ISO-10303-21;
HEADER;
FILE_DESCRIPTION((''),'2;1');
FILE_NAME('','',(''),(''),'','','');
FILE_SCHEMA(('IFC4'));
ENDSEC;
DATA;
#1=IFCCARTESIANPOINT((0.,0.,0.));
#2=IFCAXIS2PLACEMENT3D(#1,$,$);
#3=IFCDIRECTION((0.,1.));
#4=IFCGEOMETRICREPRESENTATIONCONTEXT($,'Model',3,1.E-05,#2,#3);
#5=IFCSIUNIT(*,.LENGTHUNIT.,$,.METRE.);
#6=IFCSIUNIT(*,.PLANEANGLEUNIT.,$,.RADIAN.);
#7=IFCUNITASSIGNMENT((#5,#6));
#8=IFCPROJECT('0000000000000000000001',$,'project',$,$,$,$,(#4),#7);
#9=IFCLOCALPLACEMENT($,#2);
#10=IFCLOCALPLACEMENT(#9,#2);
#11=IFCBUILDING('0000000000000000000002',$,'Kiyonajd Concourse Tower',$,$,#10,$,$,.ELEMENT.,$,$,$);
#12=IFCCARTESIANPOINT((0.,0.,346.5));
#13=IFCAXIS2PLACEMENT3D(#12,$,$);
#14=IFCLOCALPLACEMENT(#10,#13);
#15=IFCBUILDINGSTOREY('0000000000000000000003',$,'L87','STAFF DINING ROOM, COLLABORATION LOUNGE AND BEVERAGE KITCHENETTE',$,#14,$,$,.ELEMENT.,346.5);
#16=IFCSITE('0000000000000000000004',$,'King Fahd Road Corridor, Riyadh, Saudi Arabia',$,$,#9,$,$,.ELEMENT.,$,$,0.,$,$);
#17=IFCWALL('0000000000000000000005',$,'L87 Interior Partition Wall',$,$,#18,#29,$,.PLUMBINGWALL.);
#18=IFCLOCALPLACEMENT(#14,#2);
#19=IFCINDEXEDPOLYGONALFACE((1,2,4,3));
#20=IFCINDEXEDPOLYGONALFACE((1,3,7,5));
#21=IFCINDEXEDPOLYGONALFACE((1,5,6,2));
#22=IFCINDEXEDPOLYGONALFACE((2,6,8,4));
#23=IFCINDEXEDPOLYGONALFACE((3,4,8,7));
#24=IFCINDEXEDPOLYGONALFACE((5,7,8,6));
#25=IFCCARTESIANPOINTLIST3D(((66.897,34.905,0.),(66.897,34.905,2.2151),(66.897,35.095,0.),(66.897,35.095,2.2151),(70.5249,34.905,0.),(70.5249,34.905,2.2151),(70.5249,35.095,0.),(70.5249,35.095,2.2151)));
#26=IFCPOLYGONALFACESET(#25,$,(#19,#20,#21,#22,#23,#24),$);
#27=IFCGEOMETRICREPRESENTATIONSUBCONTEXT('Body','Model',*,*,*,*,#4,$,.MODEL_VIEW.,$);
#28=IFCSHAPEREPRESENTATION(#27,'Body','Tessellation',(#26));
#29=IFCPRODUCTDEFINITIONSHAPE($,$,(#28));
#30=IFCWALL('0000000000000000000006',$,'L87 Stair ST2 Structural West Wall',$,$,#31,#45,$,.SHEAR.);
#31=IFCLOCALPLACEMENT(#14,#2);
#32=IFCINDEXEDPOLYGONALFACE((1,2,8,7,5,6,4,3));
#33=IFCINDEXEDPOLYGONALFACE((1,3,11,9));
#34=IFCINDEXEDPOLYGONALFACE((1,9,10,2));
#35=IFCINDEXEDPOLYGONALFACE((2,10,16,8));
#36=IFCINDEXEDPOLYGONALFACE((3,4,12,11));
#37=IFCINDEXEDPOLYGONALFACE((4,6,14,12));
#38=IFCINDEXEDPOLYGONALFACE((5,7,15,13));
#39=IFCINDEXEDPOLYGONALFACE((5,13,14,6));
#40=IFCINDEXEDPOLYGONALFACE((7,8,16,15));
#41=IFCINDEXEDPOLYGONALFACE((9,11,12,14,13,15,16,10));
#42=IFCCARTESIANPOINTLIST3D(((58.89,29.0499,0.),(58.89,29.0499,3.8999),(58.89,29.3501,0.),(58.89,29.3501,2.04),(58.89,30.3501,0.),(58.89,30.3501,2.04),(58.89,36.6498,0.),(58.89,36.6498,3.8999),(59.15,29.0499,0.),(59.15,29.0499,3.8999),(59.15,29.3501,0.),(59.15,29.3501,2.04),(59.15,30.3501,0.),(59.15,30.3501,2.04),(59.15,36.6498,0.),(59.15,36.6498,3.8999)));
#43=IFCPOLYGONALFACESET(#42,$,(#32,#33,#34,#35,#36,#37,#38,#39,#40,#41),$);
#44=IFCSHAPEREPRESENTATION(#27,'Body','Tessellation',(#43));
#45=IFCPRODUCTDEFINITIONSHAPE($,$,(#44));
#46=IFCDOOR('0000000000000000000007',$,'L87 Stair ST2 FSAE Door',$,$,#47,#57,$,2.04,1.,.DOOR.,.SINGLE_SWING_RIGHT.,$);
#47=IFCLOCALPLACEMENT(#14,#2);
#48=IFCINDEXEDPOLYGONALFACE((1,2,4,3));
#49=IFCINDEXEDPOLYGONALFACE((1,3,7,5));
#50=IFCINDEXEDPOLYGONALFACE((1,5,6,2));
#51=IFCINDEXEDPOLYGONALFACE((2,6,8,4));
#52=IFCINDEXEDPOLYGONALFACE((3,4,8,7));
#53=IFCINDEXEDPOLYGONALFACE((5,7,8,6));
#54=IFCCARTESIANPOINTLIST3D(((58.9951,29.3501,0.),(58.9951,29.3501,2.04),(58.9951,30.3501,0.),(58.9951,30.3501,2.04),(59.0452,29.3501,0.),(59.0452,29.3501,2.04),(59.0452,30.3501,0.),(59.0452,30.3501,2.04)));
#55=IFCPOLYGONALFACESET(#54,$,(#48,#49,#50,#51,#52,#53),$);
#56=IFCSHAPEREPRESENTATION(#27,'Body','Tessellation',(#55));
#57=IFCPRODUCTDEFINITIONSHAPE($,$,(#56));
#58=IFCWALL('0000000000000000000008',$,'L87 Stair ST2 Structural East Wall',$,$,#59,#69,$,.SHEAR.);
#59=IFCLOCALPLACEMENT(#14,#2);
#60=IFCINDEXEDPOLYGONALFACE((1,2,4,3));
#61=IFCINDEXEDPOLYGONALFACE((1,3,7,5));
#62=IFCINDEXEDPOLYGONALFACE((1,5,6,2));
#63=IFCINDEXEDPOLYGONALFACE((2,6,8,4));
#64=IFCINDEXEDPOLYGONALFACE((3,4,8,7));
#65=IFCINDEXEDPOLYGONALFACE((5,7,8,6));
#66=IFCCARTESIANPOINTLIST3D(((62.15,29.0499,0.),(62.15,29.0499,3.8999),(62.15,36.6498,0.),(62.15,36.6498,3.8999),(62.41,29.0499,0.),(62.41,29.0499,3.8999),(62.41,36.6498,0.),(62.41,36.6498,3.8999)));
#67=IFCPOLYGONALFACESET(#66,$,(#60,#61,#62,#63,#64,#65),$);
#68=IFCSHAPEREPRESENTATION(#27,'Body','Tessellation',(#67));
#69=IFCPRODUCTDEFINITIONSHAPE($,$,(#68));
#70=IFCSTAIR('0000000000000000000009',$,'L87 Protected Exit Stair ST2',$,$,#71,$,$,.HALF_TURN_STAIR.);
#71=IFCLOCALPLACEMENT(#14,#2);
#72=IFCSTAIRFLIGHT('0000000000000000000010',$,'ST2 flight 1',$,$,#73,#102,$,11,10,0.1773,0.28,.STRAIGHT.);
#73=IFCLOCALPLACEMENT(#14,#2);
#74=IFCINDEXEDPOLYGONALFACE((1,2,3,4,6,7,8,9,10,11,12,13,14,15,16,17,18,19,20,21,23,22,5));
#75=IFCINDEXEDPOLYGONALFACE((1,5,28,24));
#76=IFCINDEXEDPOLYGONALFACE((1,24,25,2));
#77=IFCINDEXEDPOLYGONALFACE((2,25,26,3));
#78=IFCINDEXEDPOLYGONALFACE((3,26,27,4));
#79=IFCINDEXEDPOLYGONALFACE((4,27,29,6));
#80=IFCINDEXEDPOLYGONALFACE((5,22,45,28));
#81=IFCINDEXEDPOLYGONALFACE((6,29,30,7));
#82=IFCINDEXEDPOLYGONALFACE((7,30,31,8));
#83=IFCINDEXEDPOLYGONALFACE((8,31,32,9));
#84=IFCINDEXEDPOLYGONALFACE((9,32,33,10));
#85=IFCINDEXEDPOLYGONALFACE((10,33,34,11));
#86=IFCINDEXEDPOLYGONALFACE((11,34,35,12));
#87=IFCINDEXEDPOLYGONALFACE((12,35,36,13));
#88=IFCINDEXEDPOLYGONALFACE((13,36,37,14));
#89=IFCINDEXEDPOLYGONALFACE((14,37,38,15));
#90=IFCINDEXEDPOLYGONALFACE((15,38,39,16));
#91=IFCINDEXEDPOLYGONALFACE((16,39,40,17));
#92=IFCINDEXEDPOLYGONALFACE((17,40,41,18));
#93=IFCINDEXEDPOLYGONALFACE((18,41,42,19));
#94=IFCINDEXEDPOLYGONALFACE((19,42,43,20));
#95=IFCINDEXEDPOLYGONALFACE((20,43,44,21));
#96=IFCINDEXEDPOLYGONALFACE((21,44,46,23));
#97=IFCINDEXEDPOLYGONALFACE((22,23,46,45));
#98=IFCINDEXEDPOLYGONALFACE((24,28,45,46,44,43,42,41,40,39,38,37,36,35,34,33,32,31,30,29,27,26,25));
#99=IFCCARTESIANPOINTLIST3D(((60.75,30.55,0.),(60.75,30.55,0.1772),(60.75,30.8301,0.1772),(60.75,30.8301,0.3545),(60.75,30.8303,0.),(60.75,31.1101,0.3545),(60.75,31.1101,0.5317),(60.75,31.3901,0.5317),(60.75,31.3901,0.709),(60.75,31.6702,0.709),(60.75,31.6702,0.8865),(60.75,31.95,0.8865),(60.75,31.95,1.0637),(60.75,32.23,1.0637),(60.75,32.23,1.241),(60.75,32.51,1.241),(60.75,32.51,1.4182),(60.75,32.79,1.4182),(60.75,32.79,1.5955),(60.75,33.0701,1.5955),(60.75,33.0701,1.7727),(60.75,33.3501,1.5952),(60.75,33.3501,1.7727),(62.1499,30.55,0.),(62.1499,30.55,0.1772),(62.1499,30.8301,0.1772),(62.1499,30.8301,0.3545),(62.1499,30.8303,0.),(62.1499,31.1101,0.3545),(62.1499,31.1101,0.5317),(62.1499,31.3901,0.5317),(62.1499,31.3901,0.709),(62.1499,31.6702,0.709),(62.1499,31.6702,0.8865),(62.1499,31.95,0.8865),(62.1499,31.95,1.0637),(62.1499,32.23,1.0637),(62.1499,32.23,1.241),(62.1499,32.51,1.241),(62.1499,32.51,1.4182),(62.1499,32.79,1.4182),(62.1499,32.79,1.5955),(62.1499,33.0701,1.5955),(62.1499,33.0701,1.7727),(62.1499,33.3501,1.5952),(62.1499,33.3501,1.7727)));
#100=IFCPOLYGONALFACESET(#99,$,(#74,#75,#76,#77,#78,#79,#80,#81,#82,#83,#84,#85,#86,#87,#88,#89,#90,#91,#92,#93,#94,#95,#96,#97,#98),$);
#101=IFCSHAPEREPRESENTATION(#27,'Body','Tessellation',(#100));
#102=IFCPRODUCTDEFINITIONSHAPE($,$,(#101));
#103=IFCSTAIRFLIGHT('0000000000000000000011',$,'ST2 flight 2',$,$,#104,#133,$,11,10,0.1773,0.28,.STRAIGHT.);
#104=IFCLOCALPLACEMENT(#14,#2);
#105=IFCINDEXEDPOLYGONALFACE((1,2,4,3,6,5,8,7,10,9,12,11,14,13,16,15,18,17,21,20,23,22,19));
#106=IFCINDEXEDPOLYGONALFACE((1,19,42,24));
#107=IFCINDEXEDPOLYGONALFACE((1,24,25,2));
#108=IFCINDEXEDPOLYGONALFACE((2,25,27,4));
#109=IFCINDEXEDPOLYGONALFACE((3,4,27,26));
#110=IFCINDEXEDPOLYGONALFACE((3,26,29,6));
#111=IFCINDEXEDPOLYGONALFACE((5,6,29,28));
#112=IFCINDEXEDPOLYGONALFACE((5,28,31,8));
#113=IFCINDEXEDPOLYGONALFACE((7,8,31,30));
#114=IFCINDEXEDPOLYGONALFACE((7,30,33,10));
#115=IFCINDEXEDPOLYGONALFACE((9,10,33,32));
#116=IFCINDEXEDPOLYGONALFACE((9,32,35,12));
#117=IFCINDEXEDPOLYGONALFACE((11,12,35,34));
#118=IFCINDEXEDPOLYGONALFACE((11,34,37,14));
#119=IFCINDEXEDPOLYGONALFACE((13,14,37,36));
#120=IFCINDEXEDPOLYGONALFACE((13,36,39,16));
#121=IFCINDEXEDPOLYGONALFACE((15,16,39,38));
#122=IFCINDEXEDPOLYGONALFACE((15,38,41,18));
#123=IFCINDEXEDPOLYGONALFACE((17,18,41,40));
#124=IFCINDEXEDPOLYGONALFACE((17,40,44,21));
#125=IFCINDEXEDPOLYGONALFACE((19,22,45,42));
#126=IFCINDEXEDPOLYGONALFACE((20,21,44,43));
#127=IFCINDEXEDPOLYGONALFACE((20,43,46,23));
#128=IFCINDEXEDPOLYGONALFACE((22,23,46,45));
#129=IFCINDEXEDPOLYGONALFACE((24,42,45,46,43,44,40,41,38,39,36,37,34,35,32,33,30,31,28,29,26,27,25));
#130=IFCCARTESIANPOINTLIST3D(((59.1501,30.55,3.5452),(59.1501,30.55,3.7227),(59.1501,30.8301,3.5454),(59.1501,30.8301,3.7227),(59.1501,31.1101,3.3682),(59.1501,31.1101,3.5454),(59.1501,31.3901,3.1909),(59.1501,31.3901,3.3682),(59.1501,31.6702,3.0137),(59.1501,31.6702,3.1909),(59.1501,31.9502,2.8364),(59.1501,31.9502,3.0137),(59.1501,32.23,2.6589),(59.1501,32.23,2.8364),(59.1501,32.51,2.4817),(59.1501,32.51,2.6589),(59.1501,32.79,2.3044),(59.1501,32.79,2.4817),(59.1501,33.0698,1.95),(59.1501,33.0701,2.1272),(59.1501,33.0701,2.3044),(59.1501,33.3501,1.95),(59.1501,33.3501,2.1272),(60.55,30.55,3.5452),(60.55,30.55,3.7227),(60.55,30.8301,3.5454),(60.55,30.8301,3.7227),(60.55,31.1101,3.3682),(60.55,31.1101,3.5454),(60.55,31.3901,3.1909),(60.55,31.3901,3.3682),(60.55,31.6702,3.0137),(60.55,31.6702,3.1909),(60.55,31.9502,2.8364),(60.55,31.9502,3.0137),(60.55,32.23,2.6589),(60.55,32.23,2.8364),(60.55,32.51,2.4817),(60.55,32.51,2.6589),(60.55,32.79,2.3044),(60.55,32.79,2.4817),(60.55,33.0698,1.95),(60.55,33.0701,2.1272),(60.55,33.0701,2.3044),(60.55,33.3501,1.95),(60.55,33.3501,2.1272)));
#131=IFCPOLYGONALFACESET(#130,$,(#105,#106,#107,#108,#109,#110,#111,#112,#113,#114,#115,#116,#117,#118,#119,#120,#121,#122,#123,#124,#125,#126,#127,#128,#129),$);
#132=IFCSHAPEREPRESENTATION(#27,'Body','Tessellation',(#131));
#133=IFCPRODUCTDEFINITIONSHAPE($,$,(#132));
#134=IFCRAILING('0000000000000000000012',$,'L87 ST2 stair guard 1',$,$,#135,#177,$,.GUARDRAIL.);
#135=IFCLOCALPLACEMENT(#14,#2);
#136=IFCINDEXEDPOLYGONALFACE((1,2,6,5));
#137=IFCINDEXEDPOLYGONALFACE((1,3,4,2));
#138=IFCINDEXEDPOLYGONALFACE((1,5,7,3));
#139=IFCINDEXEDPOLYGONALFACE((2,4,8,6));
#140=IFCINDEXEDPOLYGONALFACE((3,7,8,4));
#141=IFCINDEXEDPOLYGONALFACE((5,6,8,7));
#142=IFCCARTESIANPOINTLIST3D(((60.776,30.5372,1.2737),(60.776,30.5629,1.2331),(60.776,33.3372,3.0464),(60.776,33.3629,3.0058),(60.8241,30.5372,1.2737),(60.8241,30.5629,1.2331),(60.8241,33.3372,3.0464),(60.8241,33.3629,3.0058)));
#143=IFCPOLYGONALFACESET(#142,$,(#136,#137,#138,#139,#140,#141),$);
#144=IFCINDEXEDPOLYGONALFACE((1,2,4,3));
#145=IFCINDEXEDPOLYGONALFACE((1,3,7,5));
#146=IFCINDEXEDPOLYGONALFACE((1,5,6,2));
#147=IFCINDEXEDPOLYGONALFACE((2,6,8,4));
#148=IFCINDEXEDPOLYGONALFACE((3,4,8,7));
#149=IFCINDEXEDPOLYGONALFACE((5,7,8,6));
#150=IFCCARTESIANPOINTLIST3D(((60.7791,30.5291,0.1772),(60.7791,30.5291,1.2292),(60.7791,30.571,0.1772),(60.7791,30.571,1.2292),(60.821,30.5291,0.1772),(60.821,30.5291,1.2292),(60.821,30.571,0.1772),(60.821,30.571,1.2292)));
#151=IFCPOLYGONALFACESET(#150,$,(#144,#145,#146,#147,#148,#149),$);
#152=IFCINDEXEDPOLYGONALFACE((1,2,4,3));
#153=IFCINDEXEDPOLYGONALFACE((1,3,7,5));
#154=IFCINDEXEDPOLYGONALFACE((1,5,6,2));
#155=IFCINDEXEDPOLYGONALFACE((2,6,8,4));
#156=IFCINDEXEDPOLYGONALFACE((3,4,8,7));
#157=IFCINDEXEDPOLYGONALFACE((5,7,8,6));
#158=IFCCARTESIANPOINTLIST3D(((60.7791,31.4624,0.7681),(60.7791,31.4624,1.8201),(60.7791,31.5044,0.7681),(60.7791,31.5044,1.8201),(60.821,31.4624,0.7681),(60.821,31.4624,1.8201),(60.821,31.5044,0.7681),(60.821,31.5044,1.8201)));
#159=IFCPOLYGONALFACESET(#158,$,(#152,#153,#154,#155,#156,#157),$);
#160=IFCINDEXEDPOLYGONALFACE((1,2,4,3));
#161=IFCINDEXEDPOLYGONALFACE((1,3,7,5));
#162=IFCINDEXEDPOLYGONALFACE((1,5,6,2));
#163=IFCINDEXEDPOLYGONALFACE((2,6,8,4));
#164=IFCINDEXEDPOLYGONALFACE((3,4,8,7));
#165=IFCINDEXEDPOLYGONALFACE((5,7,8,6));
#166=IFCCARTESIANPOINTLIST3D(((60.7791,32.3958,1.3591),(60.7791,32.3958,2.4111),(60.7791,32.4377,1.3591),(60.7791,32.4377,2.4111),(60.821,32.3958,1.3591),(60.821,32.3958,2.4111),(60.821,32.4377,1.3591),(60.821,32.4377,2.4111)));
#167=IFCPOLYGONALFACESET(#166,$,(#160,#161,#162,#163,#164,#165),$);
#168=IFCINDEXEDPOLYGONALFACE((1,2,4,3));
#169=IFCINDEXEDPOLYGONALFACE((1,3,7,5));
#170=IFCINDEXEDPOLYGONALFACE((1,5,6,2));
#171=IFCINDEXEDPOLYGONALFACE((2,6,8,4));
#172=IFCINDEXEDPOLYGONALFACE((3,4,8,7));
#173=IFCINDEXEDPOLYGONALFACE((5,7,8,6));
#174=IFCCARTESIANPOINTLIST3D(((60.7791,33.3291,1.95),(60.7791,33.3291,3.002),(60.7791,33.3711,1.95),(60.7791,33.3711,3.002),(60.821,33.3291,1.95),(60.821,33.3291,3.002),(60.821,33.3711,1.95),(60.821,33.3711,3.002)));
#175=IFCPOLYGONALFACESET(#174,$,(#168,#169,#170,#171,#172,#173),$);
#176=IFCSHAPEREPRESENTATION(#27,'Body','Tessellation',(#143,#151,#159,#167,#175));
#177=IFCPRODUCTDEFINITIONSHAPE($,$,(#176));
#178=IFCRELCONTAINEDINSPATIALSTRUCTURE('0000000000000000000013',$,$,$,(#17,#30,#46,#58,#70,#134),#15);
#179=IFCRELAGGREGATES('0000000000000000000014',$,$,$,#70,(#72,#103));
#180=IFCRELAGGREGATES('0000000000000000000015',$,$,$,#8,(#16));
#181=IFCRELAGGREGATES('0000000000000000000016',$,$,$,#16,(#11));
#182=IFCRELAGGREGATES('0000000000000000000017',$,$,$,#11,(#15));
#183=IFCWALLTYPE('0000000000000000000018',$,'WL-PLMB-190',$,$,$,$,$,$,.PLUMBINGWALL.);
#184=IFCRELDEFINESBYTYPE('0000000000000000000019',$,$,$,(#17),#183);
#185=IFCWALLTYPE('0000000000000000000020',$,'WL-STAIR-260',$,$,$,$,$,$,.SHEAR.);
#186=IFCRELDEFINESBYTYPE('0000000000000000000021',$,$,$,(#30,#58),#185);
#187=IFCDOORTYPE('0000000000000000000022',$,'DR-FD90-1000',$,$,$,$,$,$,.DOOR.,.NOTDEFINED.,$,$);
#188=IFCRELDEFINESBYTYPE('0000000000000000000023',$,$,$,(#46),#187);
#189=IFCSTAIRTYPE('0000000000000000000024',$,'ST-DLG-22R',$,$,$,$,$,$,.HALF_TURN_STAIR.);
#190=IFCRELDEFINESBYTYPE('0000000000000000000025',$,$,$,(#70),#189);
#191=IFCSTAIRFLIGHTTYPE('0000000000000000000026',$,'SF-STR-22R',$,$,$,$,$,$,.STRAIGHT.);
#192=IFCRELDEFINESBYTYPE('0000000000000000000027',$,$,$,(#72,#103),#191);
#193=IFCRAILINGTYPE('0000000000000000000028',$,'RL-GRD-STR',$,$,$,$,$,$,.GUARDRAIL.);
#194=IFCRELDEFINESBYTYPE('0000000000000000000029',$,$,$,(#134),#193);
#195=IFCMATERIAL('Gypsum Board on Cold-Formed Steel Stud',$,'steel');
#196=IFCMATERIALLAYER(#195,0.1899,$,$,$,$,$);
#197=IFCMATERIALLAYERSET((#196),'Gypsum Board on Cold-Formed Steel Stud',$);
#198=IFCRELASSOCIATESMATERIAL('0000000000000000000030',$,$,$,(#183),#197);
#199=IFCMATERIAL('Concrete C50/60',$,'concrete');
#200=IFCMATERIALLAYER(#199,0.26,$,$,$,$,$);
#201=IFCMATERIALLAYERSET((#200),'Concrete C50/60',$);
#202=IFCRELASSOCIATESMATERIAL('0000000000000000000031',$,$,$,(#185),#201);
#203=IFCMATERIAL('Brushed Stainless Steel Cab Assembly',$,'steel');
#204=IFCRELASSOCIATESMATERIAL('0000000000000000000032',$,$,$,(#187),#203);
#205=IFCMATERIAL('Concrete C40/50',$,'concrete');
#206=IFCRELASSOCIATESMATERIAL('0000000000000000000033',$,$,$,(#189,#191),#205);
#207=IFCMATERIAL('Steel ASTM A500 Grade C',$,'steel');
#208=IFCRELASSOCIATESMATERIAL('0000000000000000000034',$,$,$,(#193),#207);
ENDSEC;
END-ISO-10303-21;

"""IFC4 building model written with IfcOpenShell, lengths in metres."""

from ifc_helpers import new_model, si_unit, direction, frame, frame_2d, origin, origin_2d, place, context, subcontext, project, spatial, polyline, rectangle, outline, extrude, material, layer, layer_set, type_object, element, fill, aggregate, save


model = new_model("IFC4")

# Units and contexts
model_context = context("Model", 3, precision=1e-05, world=origin(), true_north=direction((0.0, 1.0)))
body_context = subcontext(model_context, "Body", "Model", "MODEL_VIEW")
ifc_project = project(units=[si_unit("LENGTHUNIT", "METRE"), si_unit("PLANEANGLEUNIT", "RADIAN")], contexts=[model_context])

# Site, building, storey
site_placement = place(None, origin())
site = spatial("IfcSite", under=ifc_project, at=site_placement, Name="King Fahd Road Corridor, Riyadh, Saudi Arabia", CompositionType="ELEMENT", RefElevation=0.0)
building_placement = place(site_placement, origin())
building = spatial("IfcBuilding", under=site, at=building_placement, Name="Kiyonajd Concourse Tower", CompositionType="ELEMENT")
storey_placement = place(building_placement, frame((0.0, 0.0, 346.5)))
storey = spatial("IfcBuildingStorey", under=building, at=storey_placement, Name="L87", Description="STAFF DINING ROOM, COLLABORATION LOUNGE AND BEVERAGE KITCHENETTE", CompositionType="ELEMENT", Elevation=346.5)

# Shared definitions
ifc_material_1 = material(Name="Concrete C50/60", Category="concrete")

# Wall
ifc_material_2 = material(Name="Gypsum Board on Cold-Formed Steel Stud", Category="steel")
ifc_layer_1 = layer(ifc_material_2, 0.1899)
ifc_layer_set_1 = layer_set([ifc_layer_1], Name="Gypsum Board on Cold-Formed Steel Stud")
wall_type_1 = type_object("IfcWallType", Name="WL-PLMB-190", PredefinedType="PLUMBINGWALL", material=ifc_layer_set_1)
wall_1_placement = place(storey_placement, frame((66.897, 35.0, 0.0), z_axis=(0.0, 0.0, 1.0), x_axis=(1.0, 0.0, 0.0)))
element("IfcWall", 1, at=wall_1_placement, inside=storey, type_object=wall_type_1, Name="L87 Interior Partition Wall", PredefinedType="PLUMBINGWALL", context=body_context, shape_type="SweptSolid", body=[
    extrude(rectangle(XDim=3.6279, YDim=0.1899, at=frame_2d((1.814, 0.0))), origin(), (0.0, 0.0, 1.0), 2.2151),
])

# Wall, opening, door
ifc_layer_2 = layer(ifc_material_1, 0.26)
ifc_layer_set_2 = layer_set([ifc_layer_2], Name="Concrete C50/60")
wall_type_2 = type_object("IfcWallType", Name="WL-STAIR-260", PredefinedType="SHEAR", material=ifc_layer_set_2)
wall_2_placement = place(storey_placement, frame((59.02, 29.05, 0.0), z_axis=(0.0, 0.0, 1.0), x_axis=(0.0, 1.0, 0.0)))
wall_2 = element("IfcWall", 2, at=wall_2_placement, inside=storey, type_object=wall_type_2, Name="L87 Stair ST2 Structural West Wall", PredefinedType="SHEAR", context=body_context, shape_type="SweptSolid", body=[
    extrude(rectangle(XDim=7.5999, YDim=0.26, at=frame_2d((3.7998, 0.0))), origin(), (0.0, 0.0, 1.0), 3.8999),
])
opening_placement = place(wall_2_placement, frame((0.3, 0.0, 0.0)))
opening = element("IfcOpeningElement", 3, at=opening_placement, cuts=wall_2, PredefinedType="OPENING", context=body_context, shape_type="SweptSolid", body=[
    extrude(rectangle(XDim=1.0, YDim=2.04, at=frame_2d((0.5, 1.02))), frame((0.0, 0.1399, 0.0), z_axis=(0.0, -1.0, 0.0), x_axis=(1.0, 0.0, 0.0)), (0.0, 0.0, 1.0), 0.28),
])
ifc_material_3 = material(Name="Brushed Stainless Steel Cab Assembly", Category="steel")
door_type = type_object("IfcDoorType", Name="DR-FD90-1000", OperationType="NOTDEFINED", PredefinedType="DOOR", material=ifc_material_3)
door_placement = place(opening_placement, origin())
door = element("IfcDoor", 4, at=door_placement, inside=storey, type_object=door_type, Name="L87 Stair ST2 FSAE Door", OperationType="SINGLE_SWING_RIGHT", OverallHeight=2.04, OverallWidth=1.0, PredefinedType="DOOR", context=body_context, shape_type="SweptSolid", body=[
    extrude(rectangle(XDim=1.0, YDim=2.04, at=frame_2d((0.5, 1.02))), frame((0.0, 0.0249, 0.0), z_axis=(0.0, -1.0, 0.0), x_axis=(1.0, 0.0, 0.0)), (0.0, 0.0, 1.0), 0.05),
])
fill(opening, door)

# Wall
wall_3_placement = place(storey_placement, frame((62.28, 29.05, 0.0), z_axis=(0.0, 0.0, 1.0), x_axis=(0.0, 1.0, 0.0)))
element("IfcWall", 5, at=wall_3_placement, inside=storey, type_object=wall_type_2, Name="L87 Stair ST2 Structural East Wall", PredefinedType="SHEAR", context=body_context, shape_type="SweptSolid", body=[
    extrude(rectangle(XDim=7.5999, YDim=0.26, at=frame_2d((3.7998, 0.0))), origin(), (0.0, 0.0, 1.0), 3.8999),
])

# Stair, stair flights
ifc_material_4 = material(Name="Concrete C40/50", Category="concrete")
stair_type = type_object("IfcStairType", Name="ST-DLG-22R", PredefinedType="HALF_TURN_STAIR", material=ifc_material_4)
stair_placement = place(storey_placement, origin())
stair = element("IfcStair", 6, at=stair_placement, inside=storey, type_object=stair_type, Name="L87 Protected Exit Stair ST2", PredefinedType="HALF_TURN_STAIR")
stair_flight_type = type_object("IfcStairFlightType", Name="SF-STR-22R", PredefinedType="STRAIGHT", material=ifc_material_4)
stair_flight_1_placement = place(storey_placement, frame((61.45, 30.55, 0.0), z_axis=(0.0, 0.0, 1.0), x_axis=(0.0, 1.0, 0.0)))
stair_flight_1 = element("IfcStairFlight", 7, at=stair_flight_1_placement, type_object=stair_flight_type, Name="ST2 flight 1", NumberOfRisers=11, NumberOfTreads=10, PredefinedType="STRAIGHT", RiserHeight=0.1773, TreadLength=0.28, context=body_context, shape_type="SweptSolid", body=[
    extrude(outline(polyline([(0.0, 0.0), (0.0, 0.1772), (0.28, 0.1772), (0.28, 0.3545), (0.5601, 0.3545), (0.5601, 0.5317), (0.8401, 0.5317), (0.8401, 0.709), (1.1201, 0.709), (1.1201, 0.8865), (1.3999, 0.8865), (1.3999, 1.0637), (1.6799, 1.0637), (1.6799, 1.241), (1.96, 1.241), (1.96, 1.4182), (2.24, 1.4182), (2.24, 1.5955), (2.52, 1.5955), (2.52, 1.7727), (2.8, 1.7727), (2.8, 1.95), (2.8, 1.5952), (0.2803, 0.0), (0.0, 0.0)])), frame((0.0, 0.7, 0.0), z_axis=(0.0, -1.0, 0.0), x_axis=(1.0, 0.0, 0.0)), (0.0, 0.0, 1.0), 1.3999),
])
stair_flight_2_placement = place(storey_placement, frame((59.8501, 33.3501, 1.95), z_axis=(0.0, 0.0, 1.0), x_axis=(0.0, -1.0, 0.0)))
stair_flight_2 = element("IfcStairFlight", 8, at=stair_flight_2_placement, type_object=stair_flight_type, Name="ST2 flight 2", NumberOfRisers=11, NumberOfTreads=10, PredefinedType="STRAIGHT", RiserHeight=0.1773, TreadLength=0.28, context=body_context, shape_type="SweptSolid", body=[
    extrude(outline(polyline([(0.0, 0.0), (0.0, 0.1772), (0.28, 0.1772), (0.28, 0.3545), (0.5601, 0.3545), (0.5601, 0.5317), (0.8401, 0.5317), (0.8401, 0.709), (1.1201, 0.709), (1.1201, 0.8865), (1.3999, 0.8865), (1.3999, 1.0637), (1.6799, 1.0637), (1.6799, 1.241), (1.96, 1.241), (1.96, 1.4182), (2.24, 1.4182), (2.24, 1.5955), (2.52, 1.5955), (2.52, 1.7727), (2.8, 1.7727), (2.8, 1.95), (2.8, 1.5952), (0.2803, 0.0), (0.0, 0.0)])), frame((0.0, 0.7, 0.0), z_axis=(0.0, -1.0, 0.0), x_axis=(1.0, 0.0, 0.0)), (0.0, 0.0, 1.0), 1.3999),
])
aggregate(stair, [stair_flight_1, stair_flight_2])

# Railing
ifc_material_5 = material(Name="Steel ASTM A500 Grade C", Category="steel")
railing_type_1 = type_object("IfcRailingType", Name="RL-GRD-STR", PredefinedType="GUARDRAIL", material=ifc_material_5)
railing_1_placement = place(storey_placement, frame((60.8, 30.55, 0.1772)))
element("IfcRailing", 9, at=railing_1_placement, inside=storey, type_object=railing_type_1, Name="L87 ST2 stair guard 1", PredefinedType="GUARDRAIL", context=body_context, shape_type="SweptSolid", body=[
    extrude(rectangle(XDim=0.0481, YDim=0.0481, at=origin_2d()), frame((0.0, 0.0, 1.0762), z_axis=(0.0, 0.844909, 0.53491), x_axis=(-1.0, 0.0, 0.0)), (0.0, 0.0, 1.0), 3.314),
    extrude(rectangle(XDim=0.042, YDim=0.042, at=origin_2d()), origin(), (0.0, 0.0, 1.0), 1.052),
    extrude(rectangle(XDim=0.042, YDim=0.042, at=origin_2d()), frame((0.0, 0.9333, 0.5908)), (0.0, 0.0, 1.0), 1.052),
    extrude(rectangle(XDim=0.042, YDim=0.042, at=origin_2d()), frame((0.0, 1.8667, 1.1819)), (0.0, 0.0, 1.0), 1.052),
    extrude(rectangle(XDim=0.042, YDim=0.042, at=origin_2d()), frame((0.0, 2.8, 1.7727)), (0.0, 0.0, 1.0), 1.052),
])

save(model, "model.ifc")
